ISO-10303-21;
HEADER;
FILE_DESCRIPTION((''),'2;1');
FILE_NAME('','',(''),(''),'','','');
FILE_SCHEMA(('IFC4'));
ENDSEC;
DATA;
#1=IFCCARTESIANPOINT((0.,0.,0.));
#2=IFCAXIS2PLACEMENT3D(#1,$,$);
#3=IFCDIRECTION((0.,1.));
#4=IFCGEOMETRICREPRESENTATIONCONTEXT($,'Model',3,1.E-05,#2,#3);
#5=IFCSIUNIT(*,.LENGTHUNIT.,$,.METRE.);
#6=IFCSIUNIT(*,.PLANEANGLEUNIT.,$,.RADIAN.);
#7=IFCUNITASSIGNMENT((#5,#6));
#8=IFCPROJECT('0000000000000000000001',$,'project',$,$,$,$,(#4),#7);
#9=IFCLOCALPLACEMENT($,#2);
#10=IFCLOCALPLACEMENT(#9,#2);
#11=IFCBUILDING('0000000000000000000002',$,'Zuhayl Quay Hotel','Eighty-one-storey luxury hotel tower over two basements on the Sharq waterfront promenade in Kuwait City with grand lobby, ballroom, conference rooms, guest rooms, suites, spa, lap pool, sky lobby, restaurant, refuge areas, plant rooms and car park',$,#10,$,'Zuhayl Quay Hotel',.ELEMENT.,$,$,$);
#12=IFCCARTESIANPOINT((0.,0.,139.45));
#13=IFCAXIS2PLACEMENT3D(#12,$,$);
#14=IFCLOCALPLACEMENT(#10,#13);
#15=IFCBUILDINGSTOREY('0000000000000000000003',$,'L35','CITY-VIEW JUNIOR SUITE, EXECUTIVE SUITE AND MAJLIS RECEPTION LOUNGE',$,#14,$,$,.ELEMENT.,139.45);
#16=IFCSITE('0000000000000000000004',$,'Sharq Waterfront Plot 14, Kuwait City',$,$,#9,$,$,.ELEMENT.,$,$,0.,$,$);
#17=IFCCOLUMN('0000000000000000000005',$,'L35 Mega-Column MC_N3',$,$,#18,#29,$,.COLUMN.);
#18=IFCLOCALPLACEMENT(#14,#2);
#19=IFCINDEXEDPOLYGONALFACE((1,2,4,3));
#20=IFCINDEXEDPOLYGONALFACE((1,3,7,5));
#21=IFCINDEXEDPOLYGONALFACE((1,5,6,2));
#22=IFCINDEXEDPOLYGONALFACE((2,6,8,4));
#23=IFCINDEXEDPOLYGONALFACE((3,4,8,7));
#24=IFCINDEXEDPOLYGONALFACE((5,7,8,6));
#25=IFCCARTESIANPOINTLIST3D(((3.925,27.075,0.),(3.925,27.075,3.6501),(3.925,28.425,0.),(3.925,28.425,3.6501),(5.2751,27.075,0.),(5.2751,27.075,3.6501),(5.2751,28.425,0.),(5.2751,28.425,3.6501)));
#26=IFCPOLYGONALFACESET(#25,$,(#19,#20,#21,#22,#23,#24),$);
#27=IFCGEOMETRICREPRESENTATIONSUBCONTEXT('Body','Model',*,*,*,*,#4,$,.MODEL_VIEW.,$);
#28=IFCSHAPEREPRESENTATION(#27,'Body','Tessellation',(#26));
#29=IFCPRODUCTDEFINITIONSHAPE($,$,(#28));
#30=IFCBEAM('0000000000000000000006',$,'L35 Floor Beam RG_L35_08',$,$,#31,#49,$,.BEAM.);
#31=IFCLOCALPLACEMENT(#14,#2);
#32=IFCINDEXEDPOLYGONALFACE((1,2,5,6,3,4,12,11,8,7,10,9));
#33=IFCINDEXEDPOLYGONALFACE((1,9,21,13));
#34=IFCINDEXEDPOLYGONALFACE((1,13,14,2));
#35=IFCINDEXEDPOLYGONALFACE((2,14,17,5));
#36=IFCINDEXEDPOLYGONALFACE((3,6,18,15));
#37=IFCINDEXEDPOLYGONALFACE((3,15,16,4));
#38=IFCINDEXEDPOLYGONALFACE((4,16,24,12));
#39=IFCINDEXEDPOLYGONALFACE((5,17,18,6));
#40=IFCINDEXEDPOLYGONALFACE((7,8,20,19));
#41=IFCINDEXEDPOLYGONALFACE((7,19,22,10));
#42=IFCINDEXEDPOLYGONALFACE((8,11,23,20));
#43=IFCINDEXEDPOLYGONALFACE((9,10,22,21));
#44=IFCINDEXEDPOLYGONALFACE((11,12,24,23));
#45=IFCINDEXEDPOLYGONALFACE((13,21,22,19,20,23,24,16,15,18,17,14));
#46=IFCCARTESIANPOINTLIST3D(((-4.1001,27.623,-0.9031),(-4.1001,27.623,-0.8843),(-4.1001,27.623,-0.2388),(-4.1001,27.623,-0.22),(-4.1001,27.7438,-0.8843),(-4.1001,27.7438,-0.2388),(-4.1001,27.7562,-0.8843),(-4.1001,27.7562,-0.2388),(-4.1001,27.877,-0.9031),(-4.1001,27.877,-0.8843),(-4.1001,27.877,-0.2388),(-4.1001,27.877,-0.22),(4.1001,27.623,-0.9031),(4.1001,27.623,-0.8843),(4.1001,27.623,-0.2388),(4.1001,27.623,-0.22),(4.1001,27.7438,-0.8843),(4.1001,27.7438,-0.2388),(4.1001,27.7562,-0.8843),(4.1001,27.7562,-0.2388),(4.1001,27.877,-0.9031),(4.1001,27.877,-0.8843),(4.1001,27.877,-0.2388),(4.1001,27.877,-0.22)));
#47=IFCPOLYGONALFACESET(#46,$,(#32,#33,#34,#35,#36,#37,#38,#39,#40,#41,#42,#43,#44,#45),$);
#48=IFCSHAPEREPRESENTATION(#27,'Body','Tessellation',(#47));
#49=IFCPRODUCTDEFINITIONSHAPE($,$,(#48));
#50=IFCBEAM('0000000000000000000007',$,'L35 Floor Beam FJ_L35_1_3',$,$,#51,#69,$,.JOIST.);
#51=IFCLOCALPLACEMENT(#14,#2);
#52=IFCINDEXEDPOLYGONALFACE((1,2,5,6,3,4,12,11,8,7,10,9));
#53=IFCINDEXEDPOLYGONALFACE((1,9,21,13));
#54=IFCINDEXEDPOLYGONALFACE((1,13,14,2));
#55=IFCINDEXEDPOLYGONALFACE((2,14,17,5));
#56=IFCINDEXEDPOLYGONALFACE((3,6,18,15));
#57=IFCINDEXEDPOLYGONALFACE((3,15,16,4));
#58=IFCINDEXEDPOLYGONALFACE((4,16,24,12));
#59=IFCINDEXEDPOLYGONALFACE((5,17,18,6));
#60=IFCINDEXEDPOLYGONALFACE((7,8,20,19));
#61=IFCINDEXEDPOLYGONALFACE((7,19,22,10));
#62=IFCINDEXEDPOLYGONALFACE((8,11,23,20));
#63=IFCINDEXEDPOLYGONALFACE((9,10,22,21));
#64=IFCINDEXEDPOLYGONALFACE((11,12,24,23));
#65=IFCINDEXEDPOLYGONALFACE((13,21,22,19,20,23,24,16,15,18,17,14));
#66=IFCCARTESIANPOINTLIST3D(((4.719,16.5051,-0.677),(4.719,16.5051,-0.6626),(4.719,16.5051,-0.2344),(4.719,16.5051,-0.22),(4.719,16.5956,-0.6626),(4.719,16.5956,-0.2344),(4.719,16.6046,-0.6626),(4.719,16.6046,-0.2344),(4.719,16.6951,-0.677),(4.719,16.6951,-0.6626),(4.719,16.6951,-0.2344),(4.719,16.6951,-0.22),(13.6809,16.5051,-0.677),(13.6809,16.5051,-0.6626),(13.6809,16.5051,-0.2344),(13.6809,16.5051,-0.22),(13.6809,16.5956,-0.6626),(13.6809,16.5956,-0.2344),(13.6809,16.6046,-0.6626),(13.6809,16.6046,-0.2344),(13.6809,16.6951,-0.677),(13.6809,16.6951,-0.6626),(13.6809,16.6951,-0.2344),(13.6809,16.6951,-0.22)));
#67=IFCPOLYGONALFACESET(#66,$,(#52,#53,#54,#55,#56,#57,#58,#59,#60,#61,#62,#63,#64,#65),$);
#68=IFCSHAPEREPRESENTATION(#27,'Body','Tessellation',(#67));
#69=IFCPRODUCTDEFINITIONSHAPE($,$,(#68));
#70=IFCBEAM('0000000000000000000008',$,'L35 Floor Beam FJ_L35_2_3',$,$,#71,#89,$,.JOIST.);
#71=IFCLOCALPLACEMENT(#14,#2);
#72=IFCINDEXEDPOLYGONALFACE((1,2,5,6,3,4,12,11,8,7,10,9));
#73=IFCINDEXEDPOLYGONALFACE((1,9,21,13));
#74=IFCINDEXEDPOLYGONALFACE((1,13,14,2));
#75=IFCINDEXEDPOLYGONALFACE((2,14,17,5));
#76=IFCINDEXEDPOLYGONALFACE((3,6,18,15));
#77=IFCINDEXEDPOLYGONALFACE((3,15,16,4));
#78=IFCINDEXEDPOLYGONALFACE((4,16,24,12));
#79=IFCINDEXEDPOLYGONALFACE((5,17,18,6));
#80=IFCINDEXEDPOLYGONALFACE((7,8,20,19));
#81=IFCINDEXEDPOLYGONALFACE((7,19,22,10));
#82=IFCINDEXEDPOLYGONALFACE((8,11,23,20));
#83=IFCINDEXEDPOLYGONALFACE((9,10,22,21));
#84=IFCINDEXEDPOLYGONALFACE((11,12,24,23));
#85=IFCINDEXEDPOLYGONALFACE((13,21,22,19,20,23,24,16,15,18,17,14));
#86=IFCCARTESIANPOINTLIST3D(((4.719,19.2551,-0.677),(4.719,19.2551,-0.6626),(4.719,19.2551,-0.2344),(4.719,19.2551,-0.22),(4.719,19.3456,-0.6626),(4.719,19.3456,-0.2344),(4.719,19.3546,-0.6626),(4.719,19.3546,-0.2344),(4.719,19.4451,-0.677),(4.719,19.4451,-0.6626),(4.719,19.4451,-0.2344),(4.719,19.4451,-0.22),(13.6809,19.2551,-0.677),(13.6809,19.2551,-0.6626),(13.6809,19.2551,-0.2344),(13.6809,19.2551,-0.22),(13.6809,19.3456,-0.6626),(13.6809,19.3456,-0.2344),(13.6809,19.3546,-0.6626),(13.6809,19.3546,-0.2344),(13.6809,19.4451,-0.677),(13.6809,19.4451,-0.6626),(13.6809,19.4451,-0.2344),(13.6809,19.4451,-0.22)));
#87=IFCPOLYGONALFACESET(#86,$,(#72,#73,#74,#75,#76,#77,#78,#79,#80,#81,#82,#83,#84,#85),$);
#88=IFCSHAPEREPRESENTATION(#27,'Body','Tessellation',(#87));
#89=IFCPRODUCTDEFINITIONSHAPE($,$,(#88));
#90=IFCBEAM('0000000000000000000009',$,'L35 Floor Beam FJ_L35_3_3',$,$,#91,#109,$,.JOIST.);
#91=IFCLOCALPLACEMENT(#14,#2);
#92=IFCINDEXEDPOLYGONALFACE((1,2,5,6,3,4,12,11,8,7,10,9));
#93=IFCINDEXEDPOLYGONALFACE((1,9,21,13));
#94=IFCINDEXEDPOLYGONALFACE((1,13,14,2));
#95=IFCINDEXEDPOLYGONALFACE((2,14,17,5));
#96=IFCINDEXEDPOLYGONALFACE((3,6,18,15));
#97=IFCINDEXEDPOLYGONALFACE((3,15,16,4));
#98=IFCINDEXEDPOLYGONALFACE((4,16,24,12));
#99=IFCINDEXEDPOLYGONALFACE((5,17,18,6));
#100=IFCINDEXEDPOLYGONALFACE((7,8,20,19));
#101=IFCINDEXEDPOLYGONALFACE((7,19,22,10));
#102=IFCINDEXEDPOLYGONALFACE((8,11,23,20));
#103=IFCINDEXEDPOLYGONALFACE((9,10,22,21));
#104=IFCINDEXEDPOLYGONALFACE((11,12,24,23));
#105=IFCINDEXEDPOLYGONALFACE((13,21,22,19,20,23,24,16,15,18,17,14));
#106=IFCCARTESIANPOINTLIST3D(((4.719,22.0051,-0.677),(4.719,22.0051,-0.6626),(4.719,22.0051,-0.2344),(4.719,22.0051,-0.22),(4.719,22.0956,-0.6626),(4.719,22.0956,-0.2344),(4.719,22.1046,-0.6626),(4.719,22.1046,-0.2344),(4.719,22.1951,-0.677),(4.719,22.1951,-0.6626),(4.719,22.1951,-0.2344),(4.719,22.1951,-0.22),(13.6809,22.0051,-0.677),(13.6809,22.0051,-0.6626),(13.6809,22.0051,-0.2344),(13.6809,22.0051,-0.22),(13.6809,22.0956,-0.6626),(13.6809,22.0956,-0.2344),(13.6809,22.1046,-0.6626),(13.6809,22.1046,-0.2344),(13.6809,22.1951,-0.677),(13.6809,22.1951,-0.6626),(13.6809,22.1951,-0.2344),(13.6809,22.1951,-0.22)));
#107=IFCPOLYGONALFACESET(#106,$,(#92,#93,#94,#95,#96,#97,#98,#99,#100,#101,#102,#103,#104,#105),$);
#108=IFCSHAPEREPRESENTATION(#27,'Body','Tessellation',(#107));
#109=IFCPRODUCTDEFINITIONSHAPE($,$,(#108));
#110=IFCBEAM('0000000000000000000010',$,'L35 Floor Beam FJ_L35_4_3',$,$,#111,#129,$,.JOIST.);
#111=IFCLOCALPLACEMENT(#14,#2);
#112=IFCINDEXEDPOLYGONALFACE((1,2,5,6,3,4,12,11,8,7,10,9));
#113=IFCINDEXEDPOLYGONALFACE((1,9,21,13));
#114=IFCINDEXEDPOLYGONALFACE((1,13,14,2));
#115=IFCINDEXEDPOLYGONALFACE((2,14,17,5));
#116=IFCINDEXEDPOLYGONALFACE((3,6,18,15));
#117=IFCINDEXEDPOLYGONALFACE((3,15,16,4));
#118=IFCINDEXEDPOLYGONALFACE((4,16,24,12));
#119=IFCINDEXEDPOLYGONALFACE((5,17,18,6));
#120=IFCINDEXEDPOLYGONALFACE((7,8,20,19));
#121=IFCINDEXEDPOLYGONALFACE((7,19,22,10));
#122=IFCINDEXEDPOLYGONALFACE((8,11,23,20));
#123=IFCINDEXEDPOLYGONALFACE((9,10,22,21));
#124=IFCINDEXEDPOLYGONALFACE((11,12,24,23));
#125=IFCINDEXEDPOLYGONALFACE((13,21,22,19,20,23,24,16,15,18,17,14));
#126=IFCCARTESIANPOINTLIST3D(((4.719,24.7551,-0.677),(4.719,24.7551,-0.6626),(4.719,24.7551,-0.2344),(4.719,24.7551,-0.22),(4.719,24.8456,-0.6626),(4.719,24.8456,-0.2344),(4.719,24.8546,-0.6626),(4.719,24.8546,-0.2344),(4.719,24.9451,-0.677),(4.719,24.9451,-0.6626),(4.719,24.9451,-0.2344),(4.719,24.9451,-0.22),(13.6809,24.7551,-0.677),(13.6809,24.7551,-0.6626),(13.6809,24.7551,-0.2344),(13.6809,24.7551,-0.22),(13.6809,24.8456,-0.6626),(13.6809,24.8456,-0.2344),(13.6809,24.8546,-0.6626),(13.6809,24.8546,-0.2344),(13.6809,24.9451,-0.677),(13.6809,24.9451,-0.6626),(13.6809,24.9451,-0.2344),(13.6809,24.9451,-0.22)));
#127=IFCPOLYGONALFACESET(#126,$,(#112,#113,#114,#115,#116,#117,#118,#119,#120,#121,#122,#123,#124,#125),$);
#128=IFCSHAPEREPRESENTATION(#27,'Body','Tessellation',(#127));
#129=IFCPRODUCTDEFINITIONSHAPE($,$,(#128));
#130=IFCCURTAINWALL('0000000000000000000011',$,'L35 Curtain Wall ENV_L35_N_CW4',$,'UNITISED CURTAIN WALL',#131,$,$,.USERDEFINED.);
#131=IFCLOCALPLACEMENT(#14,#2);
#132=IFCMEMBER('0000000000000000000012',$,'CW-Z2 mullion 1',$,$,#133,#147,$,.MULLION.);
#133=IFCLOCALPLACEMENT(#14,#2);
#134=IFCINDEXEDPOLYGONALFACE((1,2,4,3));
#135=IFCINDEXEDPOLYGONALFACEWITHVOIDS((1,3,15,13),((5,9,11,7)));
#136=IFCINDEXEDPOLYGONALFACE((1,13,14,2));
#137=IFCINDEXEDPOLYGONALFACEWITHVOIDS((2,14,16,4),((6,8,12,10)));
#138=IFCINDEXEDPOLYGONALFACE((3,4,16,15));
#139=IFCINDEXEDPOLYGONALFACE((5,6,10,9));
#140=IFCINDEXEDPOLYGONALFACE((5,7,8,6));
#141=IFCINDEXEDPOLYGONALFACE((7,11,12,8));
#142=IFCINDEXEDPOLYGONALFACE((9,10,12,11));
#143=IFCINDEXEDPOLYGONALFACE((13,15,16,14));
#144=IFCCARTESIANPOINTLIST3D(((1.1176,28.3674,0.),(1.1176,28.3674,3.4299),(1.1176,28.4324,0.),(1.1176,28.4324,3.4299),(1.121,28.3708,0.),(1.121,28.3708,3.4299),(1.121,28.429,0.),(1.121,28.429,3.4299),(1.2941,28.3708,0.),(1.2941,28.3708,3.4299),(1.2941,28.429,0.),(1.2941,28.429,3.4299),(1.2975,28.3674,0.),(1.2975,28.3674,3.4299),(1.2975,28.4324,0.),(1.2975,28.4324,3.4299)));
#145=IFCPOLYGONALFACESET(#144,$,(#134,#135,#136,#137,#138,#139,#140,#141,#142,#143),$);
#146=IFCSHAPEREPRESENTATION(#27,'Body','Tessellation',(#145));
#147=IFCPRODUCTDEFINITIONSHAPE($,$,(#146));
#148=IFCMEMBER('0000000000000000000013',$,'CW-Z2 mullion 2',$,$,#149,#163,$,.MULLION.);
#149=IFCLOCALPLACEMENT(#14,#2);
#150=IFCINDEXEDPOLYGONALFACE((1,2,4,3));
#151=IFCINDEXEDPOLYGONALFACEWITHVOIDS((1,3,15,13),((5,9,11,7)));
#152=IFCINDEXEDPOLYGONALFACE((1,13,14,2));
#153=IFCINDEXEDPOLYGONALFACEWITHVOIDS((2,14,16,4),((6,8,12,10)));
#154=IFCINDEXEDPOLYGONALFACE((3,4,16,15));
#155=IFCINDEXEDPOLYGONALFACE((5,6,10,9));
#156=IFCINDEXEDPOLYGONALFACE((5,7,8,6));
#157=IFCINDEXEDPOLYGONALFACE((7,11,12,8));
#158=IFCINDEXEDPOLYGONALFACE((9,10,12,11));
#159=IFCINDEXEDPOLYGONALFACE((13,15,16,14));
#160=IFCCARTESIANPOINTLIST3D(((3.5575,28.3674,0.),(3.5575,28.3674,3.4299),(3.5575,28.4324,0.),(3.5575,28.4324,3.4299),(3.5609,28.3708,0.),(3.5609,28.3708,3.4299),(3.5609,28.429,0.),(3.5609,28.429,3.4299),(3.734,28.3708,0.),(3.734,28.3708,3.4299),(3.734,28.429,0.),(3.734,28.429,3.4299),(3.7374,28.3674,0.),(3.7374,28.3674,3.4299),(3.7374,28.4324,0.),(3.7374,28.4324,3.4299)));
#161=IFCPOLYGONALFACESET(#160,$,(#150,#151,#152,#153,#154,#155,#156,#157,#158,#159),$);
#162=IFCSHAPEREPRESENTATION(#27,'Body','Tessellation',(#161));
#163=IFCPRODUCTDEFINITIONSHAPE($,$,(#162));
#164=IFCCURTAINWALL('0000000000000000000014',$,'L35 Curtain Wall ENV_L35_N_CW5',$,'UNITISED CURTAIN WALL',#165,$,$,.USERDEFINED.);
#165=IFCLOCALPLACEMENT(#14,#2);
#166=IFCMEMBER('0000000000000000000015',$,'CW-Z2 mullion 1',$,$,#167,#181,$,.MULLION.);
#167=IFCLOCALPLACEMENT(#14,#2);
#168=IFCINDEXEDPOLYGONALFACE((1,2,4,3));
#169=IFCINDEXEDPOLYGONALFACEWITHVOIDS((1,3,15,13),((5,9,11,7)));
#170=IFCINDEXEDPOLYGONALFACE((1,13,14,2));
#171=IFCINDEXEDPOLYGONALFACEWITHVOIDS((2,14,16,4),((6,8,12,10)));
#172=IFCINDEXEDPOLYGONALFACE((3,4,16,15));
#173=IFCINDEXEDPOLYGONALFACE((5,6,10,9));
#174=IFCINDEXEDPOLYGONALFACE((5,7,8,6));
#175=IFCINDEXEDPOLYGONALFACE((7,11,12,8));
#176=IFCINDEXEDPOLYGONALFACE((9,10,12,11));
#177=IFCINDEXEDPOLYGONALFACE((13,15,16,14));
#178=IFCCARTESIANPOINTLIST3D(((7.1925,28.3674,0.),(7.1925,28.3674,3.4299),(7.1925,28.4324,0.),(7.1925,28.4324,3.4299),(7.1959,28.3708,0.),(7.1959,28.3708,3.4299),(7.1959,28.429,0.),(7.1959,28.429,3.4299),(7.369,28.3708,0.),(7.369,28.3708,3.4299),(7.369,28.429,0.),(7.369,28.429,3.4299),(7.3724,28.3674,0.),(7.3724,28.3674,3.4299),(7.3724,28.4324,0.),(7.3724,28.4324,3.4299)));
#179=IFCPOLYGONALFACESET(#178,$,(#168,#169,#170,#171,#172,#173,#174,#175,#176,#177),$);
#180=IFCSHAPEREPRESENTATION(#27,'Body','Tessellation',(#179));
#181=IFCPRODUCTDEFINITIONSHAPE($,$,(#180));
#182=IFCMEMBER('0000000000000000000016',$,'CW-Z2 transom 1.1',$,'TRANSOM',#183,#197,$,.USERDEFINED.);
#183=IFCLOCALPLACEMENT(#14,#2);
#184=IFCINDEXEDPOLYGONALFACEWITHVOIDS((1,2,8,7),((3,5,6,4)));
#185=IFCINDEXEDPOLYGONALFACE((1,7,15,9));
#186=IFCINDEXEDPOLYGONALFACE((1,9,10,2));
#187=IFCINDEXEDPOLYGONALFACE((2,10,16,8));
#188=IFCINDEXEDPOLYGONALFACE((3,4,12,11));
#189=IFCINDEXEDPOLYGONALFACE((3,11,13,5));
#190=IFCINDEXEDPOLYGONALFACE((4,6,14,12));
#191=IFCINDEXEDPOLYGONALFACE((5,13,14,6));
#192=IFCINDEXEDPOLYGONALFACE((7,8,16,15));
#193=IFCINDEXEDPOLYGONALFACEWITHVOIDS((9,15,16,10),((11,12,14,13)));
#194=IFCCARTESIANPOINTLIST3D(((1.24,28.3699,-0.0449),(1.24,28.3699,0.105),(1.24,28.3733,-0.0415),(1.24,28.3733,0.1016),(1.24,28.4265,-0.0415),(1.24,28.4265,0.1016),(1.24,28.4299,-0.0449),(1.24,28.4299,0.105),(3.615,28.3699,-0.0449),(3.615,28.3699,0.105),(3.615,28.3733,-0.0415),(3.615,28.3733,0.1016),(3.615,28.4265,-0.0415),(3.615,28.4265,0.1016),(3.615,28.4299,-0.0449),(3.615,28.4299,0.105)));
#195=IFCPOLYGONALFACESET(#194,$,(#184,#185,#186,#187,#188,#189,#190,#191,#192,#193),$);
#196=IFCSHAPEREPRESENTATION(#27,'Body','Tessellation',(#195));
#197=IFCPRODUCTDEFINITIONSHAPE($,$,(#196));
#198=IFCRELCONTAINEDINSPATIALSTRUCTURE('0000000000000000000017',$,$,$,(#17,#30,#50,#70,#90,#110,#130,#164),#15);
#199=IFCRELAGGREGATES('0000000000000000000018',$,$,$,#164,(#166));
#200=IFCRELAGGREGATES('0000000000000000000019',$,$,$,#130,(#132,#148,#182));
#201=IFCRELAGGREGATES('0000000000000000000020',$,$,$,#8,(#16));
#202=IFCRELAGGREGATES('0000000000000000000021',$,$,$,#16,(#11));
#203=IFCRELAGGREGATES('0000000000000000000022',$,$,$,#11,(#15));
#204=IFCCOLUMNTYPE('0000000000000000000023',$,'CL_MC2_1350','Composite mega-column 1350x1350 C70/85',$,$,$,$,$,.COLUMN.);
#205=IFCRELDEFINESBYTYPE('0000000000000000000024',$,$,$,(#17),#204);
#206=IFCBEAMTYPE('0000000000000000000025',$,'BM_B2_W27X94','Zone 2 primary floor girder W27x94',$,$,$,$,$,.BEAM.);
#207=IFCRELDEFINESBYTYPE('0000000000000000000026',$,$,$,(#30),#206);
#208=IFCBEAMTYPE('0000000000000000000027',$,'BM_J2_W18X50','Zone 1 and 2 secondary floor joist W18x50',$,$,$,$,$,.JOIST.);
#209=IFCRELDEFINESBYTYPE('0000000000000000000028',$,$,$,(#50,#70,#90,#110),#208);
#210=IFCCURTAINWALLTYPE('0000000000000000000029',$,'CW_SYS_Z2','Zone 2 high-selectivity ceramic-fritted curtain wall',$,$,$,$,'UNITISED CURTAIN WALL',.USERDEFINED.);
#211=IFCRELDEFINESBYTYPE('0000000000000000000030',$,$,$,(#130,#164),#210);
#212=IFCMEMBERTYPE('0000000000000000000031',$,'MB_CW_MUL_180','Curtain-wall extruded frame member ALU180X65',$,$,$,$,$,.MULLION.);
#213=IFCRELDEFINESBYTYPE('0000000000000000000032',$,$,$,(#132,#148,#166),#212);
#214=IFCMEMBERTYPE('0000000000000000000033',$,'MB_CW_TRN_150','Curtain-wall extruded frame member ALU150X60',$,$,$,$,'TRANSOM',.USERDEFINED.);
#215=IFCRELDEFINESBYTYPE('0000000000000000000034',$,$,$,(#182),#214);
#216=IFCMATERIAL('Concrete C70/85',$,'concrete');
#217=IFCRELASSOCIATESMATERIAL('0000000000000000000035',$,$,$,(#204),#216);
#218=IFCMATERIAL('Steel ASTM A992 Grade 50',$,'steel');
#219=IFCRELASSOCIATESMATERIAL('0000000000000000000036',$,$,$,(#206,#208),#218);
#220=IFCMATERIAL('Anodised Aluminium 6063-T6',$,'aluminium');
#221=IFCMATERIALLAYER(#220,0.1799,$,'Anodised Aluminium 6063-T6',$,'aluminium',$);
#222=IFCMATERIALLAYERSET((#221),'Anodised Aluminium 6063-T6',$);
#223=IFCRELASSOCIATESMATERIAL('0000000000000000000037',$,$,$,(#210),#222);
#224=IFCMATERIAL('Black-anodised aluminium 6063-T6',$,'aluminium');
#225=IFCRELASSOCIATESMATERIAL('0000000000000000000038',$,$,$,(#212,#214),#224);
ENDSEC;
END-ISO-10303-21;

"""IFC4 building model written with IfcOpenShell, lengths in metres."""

from ifc_helpers import new_model, si_unit, direction, frame, origin, origin_2d, place, context, subcontext, project, spatial, rectangle, hollow_rectangle, i_section, extrude, material, layer, layer_set, material_profile, profile_set, type_object, element, aggregate, save


model = new_model("IFC4")

# Units and contexts
model_context = context("Model", 3, precision=1e-05, world=origin(), true_north=direction((0.0, 1.0)))
body_context = subcontext(model_context, "Body", "Model", "MODEL_VIEW")
ifc_project = project(units=[si_unit("LENGTHUNIT", "METRE"), si_unit("PLANEANGLEUNIT", "RADIAN")], contexts=[model_context])

# Site, building, storey
site_placement = place(None, origin())
site = spatial("IfcSite", under=ifc_project, at=site_placement, Name="Sharq Waterfront Plot 14, Kuwait City", CompositionType="ELEMENT", RefElevation=0.0)
building_placement = place(site_placement, origin())
building = spatial("IfcBuilding", under=site, at=building_placement, Name="Zuhayl Quay Hotel", Description="Eighty-one-storey luxury hotel tower over two basements on the Sharq waterfront promenade in Kuwait City with grand lobby, ballroom, conference rooms, guest rooms, suites, spa, lap pool, sky lobby, restaurant, refuge areas, plant rooms and car park", LongName="Zuhayl Quay Hotel", CompositionType="ELEMENT")
storey_placement = place(building_placement, frame((0.0, 0.0, 139.45)))
storey = spatial("IfcBuildingStorey", under=building, at=storey_placement, Name="L35", Description="CITY-VIEW JUNIOR SUITE, EXECUTIVE SUITE AND MAJLIS RECEPTION LOUNGE", CompositionType="ELEMENT", Elevation=139.45)

# Column
ifc_material_1 = material(Name="Concrete C70/85", Category="concrete")
ifc_material_profile_1 = material_profile(ifc_material_1, rectangle(XDim=1.3501, YDim=1.3501, at=origin_2d()), Name="RC1350X1350")
ifc_profile_set_1 = profile_set([ifc_material_profile_1], Name="Concrete C70/85")
column_type = type_object("IfcColumnType", Name="CL_MC2_1350", Description="Composite mega-column 1350x1350 C70/85", PredefinedType="COLUMN", material=ifc_profile_set_1)
column_placement = place(storey_placement, frame((4.6001, 27.75, 0.0), z_axis=(0.0, 0.0, 1.0), x_axis=(1.0, 0.0, 0.0)))
element("IfcColumn", 1, at=column_placement, inside=storey, type_object=column_type, Name="L35 Mega-Column MC_N3", PredefinedType="COLUMN", context=body_context, shape_type="SweptSolid", body=[
    extrude(rectangle(XDim=1.3501, YDim=1.3501, at=origin_2d()), origin(), (0.0, 0.0, 1.0), 3.6501),
])

# Beams
ifc_material_2 = material(Name="Steel ASTM A992 Grade 50", Category="steel")
ifc_material_profile_2 = material_profile(ifc_material_2, i_section(OverallWidth=0.2539, OverallDepth=0.6831, WebThickness=0.0125, FlangeThickness=0.0188, at=origin_2d()), Name="W27X94")
ifc_profile_set_2 = profile_set([ifc_material_profile_2], Name="Steel ASTM A992 Grade 50")
beam_type_1 = type_object("IfcBeamType", Name="BM_B2_W27X94", Description="Zone 2 primary floor girder W27x94", PredefinedType="BEAM", material=ifc_profile_set_2)
beam_placement = place(storey_placement, frame((4.1001, 27.75, -0.5615), z_axis=(-1.0, 0.0, 0.0), x_axis=(0.0, -1.0, 0.0)))
element("IfcBeam", 2, at=beam_placement, inside=storey, type_object=beam_type_1, Name="L35 Floor Beam RG_L35_08", PredefinedType="BEAM", context=body_context, shape_type="SweptSolid", body=[
    extrude(i_section(OverallWidth=0.2539, OverallDepth=0.6831, WebThickness=0.0125, FlangeThickness=0.0188, at=origin_2d()), origin(), (0.0, 0.0, 1.0), 8.2002),
])
ifc_material_profile_3 = material_profile(ifc_material_2, i_section(OverallWidth=0.1899, OverallDepth=0.457, WebThickness=0.009, FlangeThickness=0.0144, at=origin_2d()), Name="W18X50")
ifc_profile_set_3 = profile_set([ifc_material_profile_3], Name="Steel ASTM A992 Grade 50")
beam_type_2 = type_object("IfcBeamType", Name="BM_J2_W18X50", Description="Zone 1 and 2 secondary floor joist W18x50", PredefinedType="JOIST", material=ifc_profile_set_3)
for number, where, z_axis, x_axis, name in (
    (3, (4.719, 16.6001, -0.4485), (1.0, 0.0, 0.0), (0.0, 1.0, 0.0), "L35 Floor Beam FJ_L35_1_3"),
    (4, (4.719, 19.3501, -0.4485), (1.0, 0.0, 0.0), (0.0, 1.0, 0.0), "L35 Floor Beam FJ_L35_2_3"),
    (5, (4.719, 22.1001, -0.4485), (1.0, 0.0, 0.0), (0.0, 1.0, 0.0), "L35 Floor Beam FJ_L35_3_3"),
    (6, (4.719, 24.8501, -0.4485), (1.0, 0.0, 0.0), (0.0, 1.0, 0.0), "L35 Floor Beam FJ_L35_4_3"),
):
    element("IfcBeam", number, at=place(storey_placement, frame(where, z_axis=z_axis, x_axis=x_axis)), inside=storey, type_object=beam_type_2, Name=name, PredefinedType="JOIST", context=body_context, shape_type="SweptSolid", body=[
        extrude(i_section(OverallWidth=0.1899, OverallDepth=0.457, WebThickness=0.009, FlangeThickness=0.0144, at=origin_2d()), origin(), (0.0, 0.0, 1.0), 8.9619),
    ])

# Curtain wall, members
ifc_material_3 = material(Name="Anodised Aluminium 6063-T6", Category="aluminium")
ifc_layer_1 = layer(ifc_material_3, 0.1799, Name="Anodised Aluminium 6063-T6", Category="aluminium")
ifc_layer_set_1 = layer_set([ifc_layer_1], Name="Anodised Aluminium 6063-T6")
curtain_wall_type = type_object("IfcCurtainWallType", Name="CW_SYS_Z2", Description="Zone 2 high-selectivity ceramic-fritted curtain wall", ElementType="UNITISED CURTAIN WALL", PredefinedType="USERDEFINED", material=ifc_layer_set_1)
curtain_wall_1_placement = place(storey_placement, origin())
curtain_wall_1 = element("IfcCurtainWall", 7, at=curtain_wall_1_placement, inside=storey, type_object=curtain_wall_type, Name="L35 Curtain Wall ENV_L35_N_CW4", ObjectType="UNITISED CURTAIN WALL", PredefinedType="USERDEFINED")
ifc_material_4 = material(Name="Black-anodised aluminium 6063-T6", Category="aluminium")
ifc_material_profile_4 = material_profile(ifc_material_4, hollow_rectangle(XDim=0.0649, YDim=0.1799, WallThickness=0.0034, at=origin_2d()), Name="ALU180X65")
ifc_profile_set_4 = profile_set([ifc_material_profile_4], Name="Black-anodised aluminium 6063-T6")
member_type_1 = type_object("IfcMemberType", Name="MB_CW_MUL_180", Description="Curtain-wall extruded frame member ALU180X65", PredefinedType="MULLION", material=ifc_profile_set_4)
member_1_placement = place(storey_placement, frame((1.2075, 28.3999, 0.0), z_axis=(0.0, 0.0, 1.0), x_axis=(0.0, 1.0, 0.0)))
member_1 = element("IfcMember", 8, at=member_1_placement, type_object=member_type_1, Name="CW-Z2 mullion 1", PredefinedType="MULLION", context=body_context, shape_type="SweptSolid", body=[
    extrude(hollow_rectangle(XDim=0.0649, YDim=0.1799, WallThickness=0.0034, at=origin_2d()), origin(), (0.0, 0.0, 1.0), 3.4299),
])
member_2_placement = place(storey_placement, frame((3.6475, 28.3999, 0.0), z_axis=(0.0, 0.0, 1.0), x_axis=(0.0, 1.0, 0.0)))
member_2 = element("IfcMember", 9, at=member_2_placement, type_object=member_type_1, Name="CW-Z2 mullion 2", PredefinedType="MULLION", context=body_context, shape_type="SweptSolid", body=[
    extrude(hollow_rectangle(XDim=0.0649, YDim=0.1799, WallThickness=0.0034, at=origin_2d()), origin(), (0.0, 0.0, 1.0), 3.4299),
])

# Curtain wall, member
curtain_wall_2_placement = place(storey_placement, origin())
curtain_wall_2 = element("IfcCurtainWall", 10, at=curtain_wall_2_placement, inside=storey, type_object=curtain_wall_type, Name="L35 Curtain Wall ENV_L35_N_CW5", ObjectType="UNITISED CURTAIN WALL", PredefinedType="USERDEFINED")
member_3_placement = place(storey_placement, frame((7.2825, 28.3999, 0.0), z_axis=(0.0, 0.0, 1.0), x_axis=(0.0, 1.0, 0.0)))
member_3 = element("IfcMember", 11, at=member_3_placement, type_object=member_type_1, Name="CW-Z2 mullion 1", PredefinedType="MULLION", context=body_context, shape_type="SweptSolid", body=[
    extrude(hollow_rectangle(XDim=0.0649, YDim=0.1799, WallThickness=0.0034, at=origin_2d()), origin(), (0.0, 0.0, 1.0), 3.4299),
])

# Member
ifc_material_profile_5 = material_profile(ifc_material_4, hollow_rectangle(XDim=0.0601, YDim=0.1499, WallThickness=0.0034, at=origin_2d()), Name="ALU150X60")
ifc_profile_set_5 = profile_set([ifc_material_profile_5], Name="Black-anodised aluminium 6063-T6")
member_type_2 = type_object("IfcMemberType", Name="MB_CW_TRN_150", Description="Curtain-wall extruded frame member ALU150X60", ElementType="TRANSOM", PredefinedType="USERDEFINED", material=ifc_profile_set_5)
member_4_placement = place(storey_placement, frame((1.24, 28.3999, 0.03), z_axis=(1.0, 0.0, 0.0), x_axis=(0.0, 1.0, 0.0)))
member_4 = element("IfcMember", 12, at=member_4_placement, type_object=member_type_2, Name="CW-Z2 transom 1.1", ObjectType="TRANSOM", PredefinedType="USERDEFINED", context=body_context, shape_type="SweptSolid", body=[
    extrude(hollow_rectangle(XDim=0.0601, YDim=0.1499, WallThickness=0.0034, at=origin_2d()), origin(), (0.0, 0.0, 1.0), 2.375),
])
aggregate(curtain_wall_2, [member_3])

aggregate(curtain_wall_1, [member_1, member_2, member_4])

save(model, "model.ifc")
